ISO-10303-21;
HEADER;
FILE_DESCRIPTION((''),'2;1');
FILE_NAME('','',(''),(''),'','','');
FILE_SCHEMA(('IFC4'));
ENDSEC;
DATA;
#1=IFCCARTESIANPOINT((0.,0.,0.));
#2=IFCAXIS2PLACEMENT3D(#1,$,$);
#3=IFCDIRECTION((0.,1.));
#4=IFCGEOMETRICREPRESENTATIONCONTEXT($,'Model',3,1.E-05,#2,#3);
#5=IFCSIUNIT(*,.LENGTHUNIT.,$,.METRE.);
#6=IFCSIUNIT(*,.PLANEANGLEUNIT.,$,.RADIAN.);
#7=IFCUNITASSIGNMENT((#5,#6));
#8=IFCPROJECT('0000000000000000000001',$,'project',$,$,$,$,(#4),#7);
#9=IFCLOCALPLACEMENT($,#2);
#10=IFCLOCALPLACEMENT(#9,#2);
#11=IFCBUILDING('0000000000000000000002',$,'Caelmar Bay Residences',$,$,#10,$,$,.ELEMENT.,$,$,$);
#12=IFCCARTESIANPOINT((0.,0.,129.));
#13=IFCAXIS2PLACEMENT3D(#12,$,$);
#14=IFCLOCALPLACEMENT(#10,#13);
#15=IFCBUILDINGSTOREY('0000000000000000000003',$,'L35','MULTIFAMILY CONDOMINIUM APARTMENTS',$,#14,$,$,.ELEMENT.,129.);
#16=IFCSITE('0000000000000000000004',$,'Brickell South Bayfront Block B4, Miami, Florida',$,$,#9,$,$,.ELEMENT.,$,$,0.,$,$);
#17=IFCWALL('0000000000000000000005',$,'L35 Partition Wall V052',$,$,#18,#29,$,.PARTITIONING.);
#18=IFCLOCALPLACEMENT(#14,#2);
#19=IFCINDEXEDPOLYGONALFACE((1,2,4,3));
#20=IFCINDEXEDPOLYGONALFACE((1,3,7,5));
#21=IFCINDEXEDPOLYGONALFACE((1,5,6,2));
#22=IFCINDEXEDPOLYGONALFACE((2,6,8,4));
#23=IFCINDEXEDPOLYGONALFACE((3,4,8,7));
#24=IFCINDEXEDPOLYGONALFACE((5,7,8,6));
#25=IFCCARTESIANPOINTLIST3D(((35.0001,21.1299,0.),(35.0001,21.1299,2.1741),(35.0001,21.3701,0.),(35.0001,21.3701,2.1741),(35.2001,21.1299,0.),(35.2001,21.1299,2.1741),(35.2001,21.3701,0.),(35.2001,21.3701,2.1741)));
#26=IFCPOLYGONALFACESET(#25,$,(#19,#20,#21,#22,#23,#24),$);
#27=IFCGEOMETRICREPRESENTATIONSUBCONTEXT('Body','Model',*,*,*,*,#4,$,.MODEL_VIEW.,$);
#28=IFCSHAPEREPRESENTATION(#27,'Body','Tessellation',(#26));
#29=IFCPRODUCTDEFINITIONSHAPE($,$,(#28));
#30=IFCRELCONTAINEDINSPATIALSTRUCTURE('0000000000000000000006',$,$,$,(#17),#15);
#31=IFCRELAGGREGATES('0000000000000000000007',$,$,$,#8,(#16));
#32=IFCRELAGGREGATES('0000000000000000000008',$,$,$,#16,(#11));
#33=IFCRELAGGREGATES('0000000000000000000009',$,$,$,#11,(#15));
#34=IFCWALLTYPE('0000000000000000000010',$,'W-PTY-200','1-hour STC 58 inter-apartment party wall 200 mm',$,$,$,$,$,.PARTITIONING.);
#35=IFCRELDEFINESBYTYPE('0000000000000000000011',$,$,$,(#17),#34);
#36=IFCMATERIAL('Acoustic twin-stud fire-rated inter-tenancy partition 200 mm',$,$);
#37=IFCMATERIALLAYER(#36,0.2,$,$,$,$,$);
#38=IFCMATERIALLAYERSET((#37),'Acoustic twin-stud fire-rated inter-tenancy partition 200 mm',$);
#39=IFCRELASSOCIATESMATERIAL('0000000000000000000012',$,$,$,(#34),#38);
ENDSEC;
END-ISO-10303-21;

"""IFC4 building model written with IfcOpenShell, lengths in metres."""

from ifc_helpers import new_model, si_unit, direction, frame, frame_2d, origin, place, context, subcontext, project, spatial, rectangle, extrude, material, layer, layer_set, type_object, element, save


model = new_model("IFC4")

# Units and contexts
model_context = context("Model", 3, precision=1e-05, world=origin(), true_north=direction((0.0, 1.0)))
body_context = subcontext(model_context, "Body", "Model", "MODEL_VIEW")
ifc_project = project(units=[si_unit("LENGTHUNIT", "METRE"), si_unit("PLANEANGLEUNIT", "RADIAN")], contexts=[model_context])

# Site, building, storey
site_placement = place(None, origin())
site = spatial("IfcSite", under=ifc_project, at=site_placement, Name="Brickell South Bayfront Block B4, Miami, Florida", CompositionType="ELEMENT", RefElevation=0.0)
building_placement = place(site_placement, origin())
building = spatial("IfcBuilding", under=site, at=building_placement, Name="Caelmar Bay Residences", CompositionType="ELEMENT")
storey_placement = place(building_placement, frame((0.0, 0.0, 129.0)))
storey = spatial("IfcBuildingStorey", under=building, at=storey_placement, Name="L35", Description="MULTIFAMILY CONDOMINIUM APARTMENTS", CompositionType="ELEMENT", Elevation=129.0)

# Wall
ifc_material_1 = material(Name="Acoustic twin-stud fire-rated inter-tenancy partition 200 mm")
ifc_layer_1 = layer(ifc_material_1, 0.2)
ifc_layer_set_1 = layer_set([ifc_layer_1], Name="Acoustic twin-stud fire-rated inter-tenancy partition 200 mm")
wall_type_1 = type_object("IfcWallType", Name="W-PTY-200", Description="1-hour STC 58 inter-apartment party wall 200 mm", PredefinedType="PARTITIONING", material=ifc_layer_set_1)
wall_1_placement = place(storey_placement, frame((35.1001, 21.1299, 0.0), z_axis=(0.0, 0.0, 1.0), x_axis=(0.0, 1.0, 0.0)))
element("IfcWall", 1, at=wall_1_placement, inside=storey, type_object=wall_type_1, Name="L35 Partition Wall V052", PredefinedType="PARTITIONING", context=body_context, shape_type="SweptSolid", body=[
    extrude(rectangle(XDim=0.2402, YDim=0.2, at=frame_2d((0.1201, 0.0))), origin(), (0.0, 0.0, 1.0), 2.1741),
])

save(model, "model.ifc")
